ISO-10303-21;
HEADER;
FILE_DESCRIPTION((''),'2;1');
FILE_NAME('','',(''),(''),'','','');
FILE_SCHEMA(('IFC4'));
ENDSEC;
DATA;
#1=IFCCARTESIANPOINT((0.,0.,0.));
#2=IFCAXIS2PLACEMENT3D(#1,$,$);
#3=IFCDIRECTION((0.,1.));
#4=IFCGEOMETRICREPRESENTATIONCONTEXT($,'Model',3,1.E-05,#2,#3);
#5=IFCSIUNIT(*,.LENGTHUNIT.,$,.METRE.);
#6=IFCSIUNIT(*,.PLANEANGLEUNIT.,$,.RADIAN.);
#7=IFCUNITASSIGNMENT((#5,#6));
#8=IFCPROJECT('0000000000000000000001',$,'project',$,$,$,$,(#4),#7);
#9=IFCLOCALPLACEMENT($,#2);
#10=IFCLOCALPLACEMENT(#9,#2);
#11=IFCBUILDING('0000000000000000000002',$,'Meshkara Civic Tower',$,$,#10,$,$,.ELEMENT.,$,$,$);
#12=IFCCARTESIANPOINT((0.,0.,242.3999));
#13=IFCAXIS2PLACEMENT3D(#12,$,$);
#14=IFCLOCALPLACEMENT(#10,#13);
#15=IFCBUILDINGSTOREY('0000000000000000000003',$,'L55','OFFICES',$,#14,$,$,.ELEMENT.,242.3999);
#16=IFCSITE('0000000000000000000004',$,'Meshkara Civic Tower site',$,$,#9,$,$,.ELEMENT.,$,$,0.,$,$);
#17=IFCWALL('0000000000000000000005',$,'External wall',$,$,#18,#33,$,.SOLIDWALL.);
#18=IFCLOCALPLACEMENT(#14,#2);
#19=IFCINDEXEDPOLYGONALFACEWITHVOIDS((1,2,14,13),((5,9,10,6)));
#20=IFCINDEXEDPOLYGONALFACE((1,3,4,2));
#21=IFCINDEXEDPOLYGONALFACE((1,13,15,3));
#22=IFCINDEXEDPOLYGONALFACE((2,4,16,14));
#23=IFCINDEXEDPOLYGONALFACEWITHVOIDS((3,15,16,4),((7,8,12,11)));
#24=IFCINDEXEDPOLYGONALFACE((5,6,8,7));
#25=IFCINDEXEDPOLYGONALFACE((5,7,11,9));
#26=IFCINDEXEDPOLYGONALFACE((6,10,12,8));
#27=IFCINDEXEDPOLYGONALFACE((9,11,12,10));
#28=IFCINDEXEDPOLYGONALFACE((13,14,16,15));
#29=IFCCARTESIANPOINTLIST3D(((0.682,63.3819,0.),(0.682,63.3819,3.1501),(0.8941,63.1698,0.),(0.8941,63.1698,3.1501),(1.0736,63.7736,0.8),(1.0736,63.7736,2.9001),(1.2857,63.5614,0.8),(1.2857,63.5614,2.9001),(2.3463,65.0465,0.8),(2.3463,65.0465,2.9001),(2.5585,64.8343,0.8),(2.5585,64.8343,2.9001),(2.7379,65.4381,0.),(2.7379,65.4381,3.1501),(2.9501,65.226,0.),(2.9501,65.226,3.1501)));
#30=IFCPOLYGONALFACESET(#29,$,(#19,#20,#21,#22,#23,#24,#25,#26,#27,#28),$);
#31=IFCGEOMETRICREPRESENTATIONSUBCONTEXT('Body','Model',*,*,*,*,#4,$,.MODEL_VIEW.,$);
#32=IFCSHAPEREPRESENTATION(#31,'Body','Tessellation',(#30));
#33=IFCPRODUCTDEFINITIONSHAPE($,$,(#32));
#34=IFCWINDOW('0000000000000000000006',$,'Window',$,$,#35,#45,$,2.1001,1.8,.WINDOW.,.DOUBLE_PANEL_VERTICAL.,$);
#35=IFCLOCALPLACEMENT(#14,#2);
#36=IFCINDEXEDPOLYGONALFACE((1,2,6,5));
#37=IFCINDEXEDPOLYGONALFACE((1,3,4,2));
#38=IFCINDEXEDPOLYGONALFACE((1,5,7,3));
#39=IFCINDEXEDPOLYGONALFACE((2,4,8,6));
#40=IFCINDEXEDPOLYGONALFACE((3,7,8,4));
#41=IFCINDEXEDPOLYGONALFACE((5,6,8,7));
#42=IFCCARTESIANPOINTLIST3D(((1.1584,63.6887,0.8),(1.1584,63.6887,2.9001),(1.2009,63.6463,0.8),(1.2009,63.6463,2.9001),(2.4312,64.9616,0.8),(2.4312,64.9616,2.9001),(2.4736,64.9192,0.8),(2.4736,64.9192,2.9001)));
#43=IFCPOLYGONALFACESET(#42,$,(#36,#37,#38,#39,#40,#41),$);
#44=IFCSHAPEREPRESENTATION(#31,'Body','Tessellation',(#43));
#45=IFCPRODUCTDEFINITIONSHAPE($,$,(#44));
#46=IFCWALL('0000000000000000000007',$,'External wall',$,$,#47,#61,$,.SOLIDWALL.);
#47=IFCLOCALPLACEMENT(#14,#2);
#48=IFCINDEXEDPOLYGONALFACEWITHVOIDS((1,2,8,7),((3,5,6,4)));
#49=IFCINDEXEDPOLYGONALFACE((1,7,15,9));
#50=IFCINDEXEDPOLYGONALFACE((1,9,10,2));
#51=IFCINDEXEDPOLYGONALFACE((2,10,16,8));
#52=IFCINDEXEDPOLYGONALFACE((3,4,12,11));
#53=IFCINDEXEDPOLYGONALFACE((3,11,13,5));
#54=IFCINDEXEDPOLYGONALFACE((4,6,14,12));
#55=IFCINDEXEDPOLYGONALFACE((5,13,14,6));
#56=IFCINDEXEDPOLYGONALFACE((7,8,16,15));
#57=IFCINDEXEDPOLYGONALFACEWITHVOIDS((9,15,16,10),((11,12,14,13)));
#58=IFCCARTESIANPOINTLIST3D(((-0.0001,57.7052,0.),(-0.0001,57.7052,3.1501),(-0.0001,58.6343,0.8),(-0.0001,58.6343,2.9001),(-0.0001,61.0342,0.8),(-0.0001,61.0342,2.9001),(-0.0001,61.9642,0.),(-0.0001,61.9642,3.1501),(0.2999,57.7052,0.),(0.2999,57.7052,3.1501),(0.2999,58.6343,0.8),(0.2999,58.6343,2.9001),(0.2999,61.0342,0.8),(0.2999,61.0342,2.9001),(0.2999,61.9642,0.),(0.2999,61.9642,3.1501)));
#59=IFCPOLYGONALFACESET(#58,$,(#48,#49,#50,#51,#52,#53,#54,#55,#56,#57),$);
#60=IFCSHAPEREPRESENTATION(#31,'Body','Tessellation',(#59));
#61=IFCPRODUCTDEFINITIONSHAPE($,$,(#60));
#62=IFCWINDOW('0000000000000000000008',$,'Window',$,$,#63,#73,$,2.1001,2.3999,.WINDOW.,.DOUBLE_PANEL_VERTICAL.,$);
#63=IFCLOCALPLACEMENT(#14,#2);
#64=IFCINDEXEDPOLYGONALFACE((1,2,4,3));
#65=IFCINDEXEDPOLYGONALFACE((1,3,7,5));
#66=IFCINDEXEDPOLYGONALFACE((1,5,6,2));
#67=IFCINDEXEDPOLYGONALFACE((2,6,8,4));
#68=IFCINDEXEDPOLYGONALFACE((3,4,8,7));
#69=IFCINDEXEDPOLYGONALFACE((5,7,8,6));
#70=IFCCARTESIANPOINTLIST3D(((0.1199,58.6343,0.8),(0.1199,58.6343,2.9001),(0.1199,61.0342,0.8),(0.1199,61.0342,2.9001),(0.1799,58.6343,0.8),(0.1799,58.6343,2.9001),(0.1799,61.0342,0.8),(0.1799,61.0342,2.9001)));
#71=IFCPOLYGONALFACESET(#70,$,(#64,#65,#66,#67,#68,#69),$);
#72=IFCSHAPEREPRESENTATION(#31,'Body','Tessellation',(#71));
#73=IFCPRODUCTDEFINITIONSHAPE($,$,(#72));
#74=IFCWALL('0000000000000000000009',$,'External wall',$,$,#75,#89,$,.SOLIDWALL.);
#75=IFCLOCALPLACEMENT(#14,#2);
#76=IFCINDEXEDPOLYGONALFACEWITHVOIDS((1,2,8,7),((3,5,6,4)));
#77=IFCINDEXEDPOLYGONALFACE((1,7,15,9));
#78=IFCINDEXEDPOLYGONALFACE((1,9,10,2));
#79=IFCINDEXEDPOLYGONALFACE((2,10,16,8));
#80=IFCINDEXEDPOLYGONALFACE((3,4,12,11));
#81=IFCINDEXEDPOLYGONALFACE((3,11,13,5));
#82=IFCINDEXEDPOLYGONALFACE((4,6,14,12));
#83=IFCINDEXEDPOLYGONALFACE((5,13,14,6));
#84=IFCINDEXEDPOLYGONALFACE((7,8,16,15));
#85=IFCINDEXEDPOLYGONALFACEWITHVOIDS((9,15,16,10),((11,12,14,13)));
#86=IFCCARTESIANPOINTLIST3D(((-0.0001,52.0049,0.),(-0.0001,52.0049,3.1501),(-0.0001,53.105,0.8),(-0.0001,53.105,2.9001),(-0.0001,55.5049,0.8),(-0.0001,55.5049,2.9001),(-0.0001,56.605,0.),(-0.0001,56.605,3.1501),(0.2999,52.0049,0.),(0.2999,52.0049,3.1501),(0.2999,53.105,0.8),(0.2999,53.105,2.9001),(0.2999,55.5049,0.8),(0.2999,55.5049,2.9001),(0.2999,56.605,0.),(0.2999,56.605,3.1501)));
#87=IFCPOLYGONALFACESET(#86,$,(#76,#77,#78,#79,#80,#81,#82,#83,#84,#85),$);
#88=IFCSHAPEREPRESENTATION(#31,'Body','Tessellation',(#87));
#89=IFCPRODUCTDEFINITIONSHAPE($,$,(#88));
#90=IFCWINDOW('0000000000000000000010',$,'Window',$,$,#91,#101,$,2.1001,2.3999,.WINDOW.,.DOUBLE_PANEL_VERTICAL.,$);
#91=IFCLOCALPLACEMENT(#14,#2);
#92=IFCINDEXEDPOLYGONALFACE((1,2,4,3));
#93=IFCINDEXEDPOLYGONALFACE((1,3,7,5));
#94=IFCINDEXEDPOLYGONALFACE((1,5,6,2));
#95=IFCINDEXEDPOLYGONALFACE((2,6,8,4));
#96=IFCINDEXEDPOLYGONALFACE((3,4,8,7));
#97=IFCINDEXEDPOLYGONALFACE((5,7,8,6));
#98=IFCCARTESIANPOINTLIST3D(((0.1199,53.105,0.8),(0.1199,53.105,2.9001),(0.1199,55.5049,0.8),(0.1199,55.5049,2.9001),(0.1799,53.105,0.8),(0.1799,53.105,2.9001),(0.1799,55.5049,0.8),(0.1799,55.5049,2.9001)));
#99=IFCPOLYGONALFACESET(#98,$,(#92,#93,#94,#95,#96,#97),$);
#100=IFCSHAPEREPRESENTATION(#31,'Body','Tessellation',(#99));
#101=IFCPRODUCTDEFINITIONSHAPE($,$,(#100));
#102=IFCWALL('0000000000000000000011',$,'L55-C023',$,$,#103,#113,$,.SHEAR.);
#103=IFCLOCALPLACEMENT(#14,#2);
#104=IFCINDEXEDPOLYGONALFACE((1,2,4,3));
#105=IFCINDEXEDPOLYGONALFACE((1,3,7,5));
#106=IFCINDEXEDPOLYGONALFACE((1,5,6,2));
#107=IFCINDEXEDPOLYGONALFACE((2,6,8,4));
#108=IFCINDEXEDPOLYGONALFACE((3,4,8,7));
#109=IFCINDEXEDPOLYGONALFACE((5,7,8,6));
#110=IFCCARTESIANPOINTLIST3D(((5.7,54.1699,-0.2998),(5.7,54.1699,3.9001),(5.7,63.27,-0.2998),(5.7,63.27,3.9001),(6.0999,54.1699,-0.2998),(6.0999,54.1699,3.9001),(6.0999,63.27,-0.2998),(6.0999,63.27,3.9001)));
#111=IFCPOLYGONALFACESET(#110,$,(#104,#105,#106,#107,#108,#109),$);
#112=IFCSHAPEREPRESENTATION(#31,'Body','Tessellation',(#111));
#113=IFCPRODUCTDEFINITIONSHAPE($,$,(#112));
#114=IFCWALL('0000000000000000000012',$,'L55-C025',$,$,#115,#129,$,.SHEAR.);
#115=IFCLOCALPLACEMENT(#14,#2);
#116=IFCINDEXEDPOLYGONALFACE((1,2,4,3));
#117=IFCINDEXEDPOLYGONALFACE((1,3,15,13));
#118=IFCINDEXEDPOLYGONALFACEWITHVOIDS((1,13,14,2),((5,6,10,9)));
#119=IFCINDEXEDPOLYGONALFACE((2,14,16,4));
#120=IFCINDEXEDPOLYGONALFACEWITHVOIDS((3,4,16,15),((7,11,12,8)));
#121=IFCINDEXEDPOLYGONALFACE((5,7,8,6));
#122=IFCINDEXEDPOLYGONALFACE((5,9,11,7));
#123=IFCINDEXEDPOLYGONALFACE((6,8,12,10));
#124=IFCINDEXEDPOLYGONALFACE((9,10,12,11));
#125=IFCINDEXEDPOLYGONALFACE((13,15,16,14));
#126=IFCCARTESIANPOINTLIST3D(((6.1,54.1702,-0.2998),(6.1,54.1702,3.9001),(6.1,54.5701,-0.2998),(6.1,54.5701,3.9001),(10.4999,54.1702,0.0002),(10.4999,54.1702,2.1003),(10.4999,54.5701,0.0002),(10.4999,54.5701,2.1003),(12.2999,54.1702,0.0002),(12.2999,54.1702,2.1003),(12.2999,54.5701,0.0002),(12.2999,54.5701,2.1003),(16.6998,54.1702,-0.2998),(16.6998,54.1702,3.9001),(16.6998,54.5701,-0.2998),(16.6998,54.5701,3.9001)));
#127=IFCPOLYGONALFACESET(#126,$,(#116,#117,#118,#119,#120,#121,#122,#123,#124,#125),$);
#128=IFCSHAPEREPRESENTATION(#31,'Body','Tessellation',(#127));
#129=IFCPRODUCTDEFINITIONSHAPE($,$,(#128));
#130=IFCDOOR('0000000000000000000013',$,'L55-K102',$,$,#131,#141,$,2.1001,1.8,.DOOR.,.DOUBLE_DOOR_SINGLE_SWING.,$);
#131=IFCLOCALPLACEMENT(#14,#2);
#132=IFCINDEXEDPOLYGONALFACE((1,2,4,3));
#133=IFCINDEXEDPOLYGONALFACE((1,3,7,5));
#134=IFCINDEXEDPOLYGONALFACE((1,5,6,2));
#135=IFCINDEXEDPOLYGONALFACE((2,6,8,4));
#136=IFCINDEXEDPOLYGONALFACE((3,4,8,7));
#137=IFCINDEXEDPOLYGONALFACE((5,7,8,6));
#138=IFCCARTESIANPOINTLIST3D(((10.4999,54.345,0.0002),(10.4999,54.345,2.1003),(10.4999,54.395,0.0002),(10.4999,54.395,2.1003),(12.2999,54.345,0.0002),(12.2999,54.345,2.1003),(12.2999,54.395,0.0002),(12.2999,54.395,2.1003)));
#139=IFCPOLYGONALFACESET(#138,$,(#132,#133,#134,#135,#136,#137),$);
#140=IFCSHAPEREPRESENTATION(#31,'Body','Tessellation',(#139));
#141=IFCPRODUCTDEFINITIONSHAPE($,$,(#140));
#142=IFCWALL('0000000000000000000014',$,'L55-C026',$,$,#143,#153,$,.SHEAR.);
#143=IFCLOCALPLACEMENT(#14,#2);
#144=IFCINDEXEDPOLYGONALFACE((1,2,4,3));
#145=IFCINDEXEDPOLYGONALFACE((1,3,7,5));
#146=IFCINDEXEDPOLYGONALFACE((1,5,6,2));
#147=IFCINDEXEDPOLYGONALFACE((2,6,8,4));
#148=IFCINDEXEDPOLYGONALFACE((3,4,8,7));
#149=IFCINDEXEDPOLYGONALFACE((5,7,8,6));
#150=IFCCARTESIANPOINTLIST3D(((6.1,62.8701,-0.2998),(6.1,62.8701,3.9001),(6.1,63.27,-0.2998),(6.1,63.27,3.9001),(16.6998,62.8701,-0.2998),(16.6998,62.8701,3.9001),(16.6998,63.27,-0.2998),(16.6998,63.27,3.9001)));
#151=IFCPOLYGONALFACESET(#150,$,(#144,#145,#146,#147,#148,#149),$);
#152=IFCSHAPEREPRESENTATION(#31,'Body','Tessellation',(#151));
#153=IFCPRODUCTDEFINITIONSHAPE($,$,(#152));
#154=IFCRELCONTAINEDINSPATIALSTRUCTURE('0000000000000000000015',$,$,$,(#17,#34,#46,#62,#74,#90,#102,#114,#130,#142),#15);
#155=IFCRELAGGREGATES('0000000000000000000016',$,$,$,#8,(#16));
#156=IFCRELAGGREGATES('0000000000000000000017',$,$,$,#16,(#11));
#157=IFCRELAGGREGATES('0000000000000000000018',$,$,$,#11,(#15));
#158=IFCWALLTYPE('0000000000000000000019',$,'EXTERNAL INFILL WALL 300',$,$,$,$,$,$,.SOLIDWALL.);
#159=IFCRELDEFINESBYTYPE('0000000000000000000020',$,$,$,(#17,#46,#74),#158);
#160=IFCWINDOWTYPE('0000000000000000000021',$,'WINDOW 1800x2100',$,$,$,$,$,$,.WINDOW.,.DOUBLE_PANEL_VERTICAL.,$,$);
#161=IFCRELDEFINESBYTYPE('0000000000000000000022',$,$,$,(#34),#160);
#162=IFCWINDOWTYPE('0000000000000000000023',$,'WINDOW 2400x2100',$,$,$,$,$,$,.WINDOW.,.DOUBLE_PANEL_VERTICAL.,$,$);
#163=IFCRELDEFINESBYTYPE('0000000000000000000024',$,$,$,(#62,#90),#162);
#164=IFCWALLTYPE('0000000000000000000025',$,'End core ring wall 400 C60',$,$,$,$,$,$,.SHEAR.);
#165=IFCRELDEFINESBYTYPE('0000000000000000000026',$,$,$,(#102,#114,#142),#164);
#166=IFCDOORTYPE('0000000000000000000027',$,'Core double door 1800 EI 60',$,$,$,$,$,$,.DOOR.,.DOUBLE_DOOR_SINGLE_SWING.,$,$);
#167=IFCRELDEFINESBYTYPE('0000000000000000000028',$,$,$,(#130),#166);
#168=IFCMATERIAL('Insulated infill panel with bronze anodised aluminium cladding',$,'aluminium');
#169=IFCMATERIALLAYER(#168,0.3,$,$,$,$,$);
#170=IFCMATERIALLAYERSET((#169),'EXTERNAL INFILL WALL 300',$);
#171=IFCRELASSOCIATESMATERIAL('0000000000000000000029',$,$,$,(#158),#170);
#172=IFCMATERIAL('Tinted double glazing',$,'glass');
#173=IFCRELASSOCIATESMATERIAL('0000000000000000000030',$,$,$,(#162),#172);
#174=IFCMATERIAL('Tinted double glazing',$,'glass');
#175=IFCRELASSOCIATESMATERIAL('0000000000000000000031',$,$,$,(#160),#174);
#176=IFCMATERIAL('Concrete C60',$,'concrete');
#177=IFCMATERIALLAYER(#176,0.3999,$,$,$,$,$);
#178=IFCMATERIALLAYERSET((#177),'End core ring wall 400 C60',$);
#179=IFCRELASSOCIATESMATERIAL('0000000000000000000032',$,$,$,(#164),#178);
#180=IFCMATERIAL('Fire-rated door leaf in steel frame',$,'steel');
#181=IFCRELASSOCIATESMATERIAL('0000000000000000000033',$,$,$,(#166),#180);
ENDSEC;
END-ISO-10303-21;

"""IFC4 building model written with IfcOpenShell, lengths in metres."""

from ifc_helpers import new_model, si_unit, direction, frame, frame_2d, origin, place, context, subcontext, project, spatial, rectangle, extrude, material, layer, layer_set, type_object, element, fill, save


model = new_model("IFC4")

# Units and contexts
model_context = context("Model", 3, precision=1e-05, world=origin(), true_north=direction((0.0, 1.0)))
body_context = subcontext(model_context, "Body", "Model", "MODEL_VIEW")
ifc_project = project(units=[si_unit("LENGTHUNIT", "METRE"), si_unit("PLANEANGLEUNIT", "RADIAN")], contexts=[model_context])

# Site, building, storey
site_placement = place(None, origin())
site = spatial("IfcSite", under=ifc_project, at=site_placement, Name="Meshkara Civic Tower site", CompositionType="ELEMENT", RefElevation=0.0)
building_placement = place(site_placement, origin())
building = spatial("IfcBuilding", under=site, at=building_placement, Name="Meshkara Civic Tower", CompositionType="ELEMENT")
storey_placement = place(building_placement, frame((0.0, 0.0, 242.3999)))
storey = spatial("IfcBuildingStorey", under=building, at=storey_placement, Name="L55", Description="OFFICES", CompositionType="ELEMENT", Elevation=242.3999)

# Walls, openings, windows
ifc_material_1 = material(Name="Insulated infill panel with bronze anodised aluminium cladding", Category="aluminium")
ifc_layer_1 = layer(ifc_material_1, 0.3)
ifc_layer_set_1 = layer_set([ifc_layer_1], Name="EXTERNAL INFILL WALL 300")
wall_type_1 = type_object("IfcWallType", Name="EXTERNAL INFILL WALL 300", PredefinedType="SOLIDWALL", material=ifc_layer_set_1)
ifc_material_2 = material(Name="Tinted double glazing", Category="glass")
window_type_1 = type_object("IfcWindowType", Name="WINDOW 2400x2100", PartitioningType="DOUBLE_PANEL_VERTICAL", PredefinedType="WINDOW", material=ifc_material_2)
wall_1_placement = place(storey_placement, frame((2.844, 65.332, 0.0), z_axis=(0.0, 0.0, 1.0), x_axis=(-0.707065, -0.707149, 0.0)))
wall_1 = element("IfcWall", 1, at=wall_1_placement, inside=storey, type_object=wall_type_1, Name="External wall", PredefinedType="SOLIDWALL", context=body_context, shape_type="SweptSolid", body=[
    extrude(rectangle(XDim=2.9077, YDim=0.3, at=frame_2d((1.4539, 0.0))), origin(), (0.0, 0.0, 1.0), 3.1501),
])
opening_1_placement = place(wall_1_placement, frame((0.554, 0.0, 0.8)))
opening_1 = element("IfcOpeningElement", 2, at=opening_1_placement, cuts=wall_1, PredefinedType="OPENING", context=body_context, shape_type="SweptSolid", body=[
    extrude(rectangle(XDim=1.8, YDim=2.1001, at=frame_2d((0.8999, 1.05))), frame((0.0, 0.1599, 0.0), z_axis=(0.0, -1.0, 0.0), x_axis=(1.0, 0.0, 0.0)), (0.0, 0.0, 1.0), 0.3201),
])
ifc_material_3 = material(Name="Tinted double glazing", Category="glass")
window_type_2 = type_object("IfcWindowType", Name="WINDOW 1800x2100", PartitioningType="DOUBLE_PANEL_VERTICAL", PredefinedType="WINDOW", material=ifc_material_3)
window_1_placement = place(opening_1_placement, origin())
window_1 = element("IfcWindow", 3, at=window_1_placement, inside=storey, type_object=window_type_2, Name="Window", OverallHeight=2.1001, OverallWidth=1.8, PartitioningType="DOUBLE_PANEL_VERTICAL", PredefinedType="WINDOW", context=body_context, shape_type="SweptSolid", body=[
    extrude(rectangle(XDim=1.8, YDim=2.1001, at=frame_2d((0.8999, 1.05))), frame((0.0, 0.03, 0.0), z_axis=(0.0, -1.0, 0.0), x_axis=(1.0, 0.0, 0.0)), (0.0, 0.0, 1.0), 0.0601),
])
fill(opening_1, window_1)
wall_2_placement = place(storey_placement, frame((0.1499, 61.9641, 0.0), z_axis=(0.0, 0.0, 1.0), x_axis=(0.0, -1.0, 0.0)))
wall_2 = element("IfcWall", 4, at=wall_2_placement, inside=storey, type_object=wall_type_1, Name="External wall", PredefinedType="SOLIDWALL", context=body_context, shape_type="SweptSolid", body=[
    extrude(rectangle(XDim=4.259, YDim=0.3, at=frame_2d((2.1294, 0.0))), origin(), (0.0, 0.0, 1.0), 3.1501),
])
opening_2_placement = place(wall_2_placement, frame((0.9299, 0.0, 0.8)))
opening_2 = element("IfcOpeningElement", 5, at=opening_2_placement, cuts=wall_2, PredefinedType="OPENING", context=body_context, shape_type="SweptSolid", body=[
    extrude(rectangle(XDim=2.3999, YDim=2.1001, at=frame_2d((1.2, 1.05))), frame((0.0, 0.1599, 0.0), z_axis=(0.0, -1.0, 0.0), x_axis=(1.0, 0.0, 0.0)), (0.0, 0.0, 1.0), 0.3201),
])
window_2_placement = place(opening_2_placement, origin())
window_2 = element("IfcWindow", 6, at=window_2_placement, inside=storey, type_object=window_type_1, Name="Window", OverallHeight=2.1001, OverallWidth=2.3999, PartitioningType="DOUBLE_PANEL_VERTICAL", PredefinedType="WINDOW", context=body_context, shape_type="SweptSolid", body=[
    extrude(rectangle(XDim=2.3999, YDim=2.1001, at=frame_2d((1.2, 1.05))), frame((0.0, 0.03, 0.0), z_axis=(0.0, -1.0, 0.0), x_axis=(1.0, 0.0, 0.0)), (0.0, 0.0, 1.0), 0.0601),
])
fill(opening_2, window_2)
wall_3_placement = place(storey_placement, frame((0.1499, 56.605, 0.0), z_axis=(0.0, 0.0, 1.0), x_axis=(0.0, -1.0, 0.0)))
wall_3 = element("IfcWall", 7, at=wall_3_placement, inside=storey, type_object=wall_type_1, Name="External wall", PredefinedType="SOLIDWALL", context=body_context, shape_type="SweptSolid", body=[
    extrude(rectangle(XDim=4.6001, YDim=0.3, at=frame_2d((2.3, 0.0))), origin(), (0.0, 0.0, 1.0), 3.1501),
])
opening_3_placement = place(wall_3_placement, frame((1.1001, 0.0, 0.8)))
opening_3 = element("IfcOpeningElement", 8, at=opening_3_placement, cuts=wall_3, PredefinedType="OPENING", context=body_context, shape_type="SweptSolid", body=[
    extrude(rectangle(XDim=2.3999, YDim=2.1001, at=frame_2d((1.2, 1.05))), frame((0.0, 0.1599, 0.0), z_axis=(0.0, -1.0, 0.0), x_axis=(1.0, 0.0, 0.0)), (0.0, 0.0, 1.0), 0.3201),
])
window_3_placement = place(opening_3_placement, origin())
window_3 = element("IfcWindow", 9, at=window_3_placement, inside=storey, type_object=window_type_1, Name="Window", OverallHeight=2.1001, OverallWidth=2.3999, PartitioningType="DOUBLE_PANEL_VERTICAL", PredefinedType="WINDOW", context=body_context, shape_type="SweptSolid", body=[
    extrude(rectangle(XDim=2.3999, YDim=2.1001, at=frame_2d((1.2, 1.05))), frame((0.0, 0.03, 0.0), z_axis=(0.0, -1.0, 0.0), x_axis=(1.0, 0.0, 0.0)), (0.0, 0.0, 1.0), 0.0601),
])
fill(opening_3, window_3)

# Wall
ifc_material_4 = material(Name="Concrete C60", Category="concrete")
ifc_layer_2 = layer(ifc_material_4, 0.3999)
ifc_layer_set_2 = layer_set([ifc_layer_2], Name="End core ring wall 400 C60")
wall_type_2 = type_object("IfcWallType", Name="End core ring wall 400 C60", PredefinedType="SHEAR", material=ifc_layer_set_2)
wall_4_placement = place(storey_placement, frame((5.8999, 54.1699, -0.2998), z_axis=(0.0, 0.0, 1.0), x_axis=(0.0, 1.0, 0.0)))
element("IfcWall", 10, at=wall_4_placement, inside=storey, type_object=wall_type_2, Name="L55-C023", PredefinedType="SHEAR", context=body_context, shape_type="SweptSolid", body=[
    extrude(rectangle(XDim=9.1001, YDim=0.3999, at=frame_2d((4.55, 0.0))), origin(), (0.0, 0.0, 1.0), 4.2),
])

# Wall, opening, door
wall_5_placement = place(storey_placement, frame((6.1001, 54.3701, -0.2998), z_axis=(0.0, 0.0, 1.0), x_axis=(1.0, 0.0, 0.0)))
wall_5 = element("IfcWall", 11, at=wall_5_placement, inside=storey, type_object=wall_type_2, Name="L55-C025", PredefinedType="SHEAR", context=body_context, shape_type="SweptSolid", body=[
    extrude(rectangle(XDim=10.5999, YDim=0.3999, at=frame_2d((5.2998, 0.0))), origin(), (0.0, 0.0, 1.0), 4.2),
])
opening_4_placement = place(wall_5_placement, frame((4.3999, 0.0, 0.3)))
opening_4 = element("IfcOpeningElement", 12, at=opening_4_placement, cuts=wall_5, PredefinedType="OPENING", context=body_context, shape_type="SweptSolid", body=[
    extrude(rectangle(XDim=1.8, YDim=2.1001, at=frame_2d((0.8999, 1.05))), frame((0.0, 0.21, 0.0), z_axis=(0.0, -1.0, 0.0), x_axis=(1.0, 0.0, 0.0)), (0.0, 0.0, 1.0), 0.4199),
])
ifc_material_5 = material(Name="Fire-rated door leaf in steel frame", Category="steel")
door_type_1 = type_object("IfcDoorType", Name="Core double door 1800 EI 60", OperationType="DOUBLE_DOOR_SINGLE_SWING", PredefinedType="DOOR", material=ifc_material_5)
door_1_placement = place(opening_4_placement, origin())
door_1 = element("IfcDoor", 13, at=door_1_placement, inside=storey, type_object=door_type_1, Name="L55-K102", OperationType="DOUBLE_DOOR_SINGLE_SWING", OverallHeight=2.1001, OverallWidth=1.8, PredefinedType="DOOR", context=body_context, shape_type="SweptSolid", body=[
    extrude(rectangle(XDim=1.8, YDim=2.1001, at=frame_2d((0.8999, 1.05))), frame((0.0, 0.0249, 0.0), z_axis=(0.0, -1.0, 0.0), x_axis=(1.0, 0.0, 0.0)), (0.0, 0.0, 1.0), 0.05),
])
fill(opening_4, door_1)

# Wall
wall_6_placement = place(storey_placement, frame((6.1001, 63.0701, -0.2998), z_axis=(0.0, 0.0, 1.0), x_axis=(1.0, 0.0, 0.0)))
element("IfcWall", 14, at=wall_6_placement, inside=storey, type_object=wall_type_2, Name="L55-C026", PredefinedType="SHEAR", context=body_context, shape_type="SweptSolid", body=[
    extrude(rectangle(XDim=10.5999, YDim=0.3999, at=frame_2d((5.2998, 0.0))), origin(), (0.0, 0.0, 1.0), 4.2),
])

save(model, "model.ifc")
